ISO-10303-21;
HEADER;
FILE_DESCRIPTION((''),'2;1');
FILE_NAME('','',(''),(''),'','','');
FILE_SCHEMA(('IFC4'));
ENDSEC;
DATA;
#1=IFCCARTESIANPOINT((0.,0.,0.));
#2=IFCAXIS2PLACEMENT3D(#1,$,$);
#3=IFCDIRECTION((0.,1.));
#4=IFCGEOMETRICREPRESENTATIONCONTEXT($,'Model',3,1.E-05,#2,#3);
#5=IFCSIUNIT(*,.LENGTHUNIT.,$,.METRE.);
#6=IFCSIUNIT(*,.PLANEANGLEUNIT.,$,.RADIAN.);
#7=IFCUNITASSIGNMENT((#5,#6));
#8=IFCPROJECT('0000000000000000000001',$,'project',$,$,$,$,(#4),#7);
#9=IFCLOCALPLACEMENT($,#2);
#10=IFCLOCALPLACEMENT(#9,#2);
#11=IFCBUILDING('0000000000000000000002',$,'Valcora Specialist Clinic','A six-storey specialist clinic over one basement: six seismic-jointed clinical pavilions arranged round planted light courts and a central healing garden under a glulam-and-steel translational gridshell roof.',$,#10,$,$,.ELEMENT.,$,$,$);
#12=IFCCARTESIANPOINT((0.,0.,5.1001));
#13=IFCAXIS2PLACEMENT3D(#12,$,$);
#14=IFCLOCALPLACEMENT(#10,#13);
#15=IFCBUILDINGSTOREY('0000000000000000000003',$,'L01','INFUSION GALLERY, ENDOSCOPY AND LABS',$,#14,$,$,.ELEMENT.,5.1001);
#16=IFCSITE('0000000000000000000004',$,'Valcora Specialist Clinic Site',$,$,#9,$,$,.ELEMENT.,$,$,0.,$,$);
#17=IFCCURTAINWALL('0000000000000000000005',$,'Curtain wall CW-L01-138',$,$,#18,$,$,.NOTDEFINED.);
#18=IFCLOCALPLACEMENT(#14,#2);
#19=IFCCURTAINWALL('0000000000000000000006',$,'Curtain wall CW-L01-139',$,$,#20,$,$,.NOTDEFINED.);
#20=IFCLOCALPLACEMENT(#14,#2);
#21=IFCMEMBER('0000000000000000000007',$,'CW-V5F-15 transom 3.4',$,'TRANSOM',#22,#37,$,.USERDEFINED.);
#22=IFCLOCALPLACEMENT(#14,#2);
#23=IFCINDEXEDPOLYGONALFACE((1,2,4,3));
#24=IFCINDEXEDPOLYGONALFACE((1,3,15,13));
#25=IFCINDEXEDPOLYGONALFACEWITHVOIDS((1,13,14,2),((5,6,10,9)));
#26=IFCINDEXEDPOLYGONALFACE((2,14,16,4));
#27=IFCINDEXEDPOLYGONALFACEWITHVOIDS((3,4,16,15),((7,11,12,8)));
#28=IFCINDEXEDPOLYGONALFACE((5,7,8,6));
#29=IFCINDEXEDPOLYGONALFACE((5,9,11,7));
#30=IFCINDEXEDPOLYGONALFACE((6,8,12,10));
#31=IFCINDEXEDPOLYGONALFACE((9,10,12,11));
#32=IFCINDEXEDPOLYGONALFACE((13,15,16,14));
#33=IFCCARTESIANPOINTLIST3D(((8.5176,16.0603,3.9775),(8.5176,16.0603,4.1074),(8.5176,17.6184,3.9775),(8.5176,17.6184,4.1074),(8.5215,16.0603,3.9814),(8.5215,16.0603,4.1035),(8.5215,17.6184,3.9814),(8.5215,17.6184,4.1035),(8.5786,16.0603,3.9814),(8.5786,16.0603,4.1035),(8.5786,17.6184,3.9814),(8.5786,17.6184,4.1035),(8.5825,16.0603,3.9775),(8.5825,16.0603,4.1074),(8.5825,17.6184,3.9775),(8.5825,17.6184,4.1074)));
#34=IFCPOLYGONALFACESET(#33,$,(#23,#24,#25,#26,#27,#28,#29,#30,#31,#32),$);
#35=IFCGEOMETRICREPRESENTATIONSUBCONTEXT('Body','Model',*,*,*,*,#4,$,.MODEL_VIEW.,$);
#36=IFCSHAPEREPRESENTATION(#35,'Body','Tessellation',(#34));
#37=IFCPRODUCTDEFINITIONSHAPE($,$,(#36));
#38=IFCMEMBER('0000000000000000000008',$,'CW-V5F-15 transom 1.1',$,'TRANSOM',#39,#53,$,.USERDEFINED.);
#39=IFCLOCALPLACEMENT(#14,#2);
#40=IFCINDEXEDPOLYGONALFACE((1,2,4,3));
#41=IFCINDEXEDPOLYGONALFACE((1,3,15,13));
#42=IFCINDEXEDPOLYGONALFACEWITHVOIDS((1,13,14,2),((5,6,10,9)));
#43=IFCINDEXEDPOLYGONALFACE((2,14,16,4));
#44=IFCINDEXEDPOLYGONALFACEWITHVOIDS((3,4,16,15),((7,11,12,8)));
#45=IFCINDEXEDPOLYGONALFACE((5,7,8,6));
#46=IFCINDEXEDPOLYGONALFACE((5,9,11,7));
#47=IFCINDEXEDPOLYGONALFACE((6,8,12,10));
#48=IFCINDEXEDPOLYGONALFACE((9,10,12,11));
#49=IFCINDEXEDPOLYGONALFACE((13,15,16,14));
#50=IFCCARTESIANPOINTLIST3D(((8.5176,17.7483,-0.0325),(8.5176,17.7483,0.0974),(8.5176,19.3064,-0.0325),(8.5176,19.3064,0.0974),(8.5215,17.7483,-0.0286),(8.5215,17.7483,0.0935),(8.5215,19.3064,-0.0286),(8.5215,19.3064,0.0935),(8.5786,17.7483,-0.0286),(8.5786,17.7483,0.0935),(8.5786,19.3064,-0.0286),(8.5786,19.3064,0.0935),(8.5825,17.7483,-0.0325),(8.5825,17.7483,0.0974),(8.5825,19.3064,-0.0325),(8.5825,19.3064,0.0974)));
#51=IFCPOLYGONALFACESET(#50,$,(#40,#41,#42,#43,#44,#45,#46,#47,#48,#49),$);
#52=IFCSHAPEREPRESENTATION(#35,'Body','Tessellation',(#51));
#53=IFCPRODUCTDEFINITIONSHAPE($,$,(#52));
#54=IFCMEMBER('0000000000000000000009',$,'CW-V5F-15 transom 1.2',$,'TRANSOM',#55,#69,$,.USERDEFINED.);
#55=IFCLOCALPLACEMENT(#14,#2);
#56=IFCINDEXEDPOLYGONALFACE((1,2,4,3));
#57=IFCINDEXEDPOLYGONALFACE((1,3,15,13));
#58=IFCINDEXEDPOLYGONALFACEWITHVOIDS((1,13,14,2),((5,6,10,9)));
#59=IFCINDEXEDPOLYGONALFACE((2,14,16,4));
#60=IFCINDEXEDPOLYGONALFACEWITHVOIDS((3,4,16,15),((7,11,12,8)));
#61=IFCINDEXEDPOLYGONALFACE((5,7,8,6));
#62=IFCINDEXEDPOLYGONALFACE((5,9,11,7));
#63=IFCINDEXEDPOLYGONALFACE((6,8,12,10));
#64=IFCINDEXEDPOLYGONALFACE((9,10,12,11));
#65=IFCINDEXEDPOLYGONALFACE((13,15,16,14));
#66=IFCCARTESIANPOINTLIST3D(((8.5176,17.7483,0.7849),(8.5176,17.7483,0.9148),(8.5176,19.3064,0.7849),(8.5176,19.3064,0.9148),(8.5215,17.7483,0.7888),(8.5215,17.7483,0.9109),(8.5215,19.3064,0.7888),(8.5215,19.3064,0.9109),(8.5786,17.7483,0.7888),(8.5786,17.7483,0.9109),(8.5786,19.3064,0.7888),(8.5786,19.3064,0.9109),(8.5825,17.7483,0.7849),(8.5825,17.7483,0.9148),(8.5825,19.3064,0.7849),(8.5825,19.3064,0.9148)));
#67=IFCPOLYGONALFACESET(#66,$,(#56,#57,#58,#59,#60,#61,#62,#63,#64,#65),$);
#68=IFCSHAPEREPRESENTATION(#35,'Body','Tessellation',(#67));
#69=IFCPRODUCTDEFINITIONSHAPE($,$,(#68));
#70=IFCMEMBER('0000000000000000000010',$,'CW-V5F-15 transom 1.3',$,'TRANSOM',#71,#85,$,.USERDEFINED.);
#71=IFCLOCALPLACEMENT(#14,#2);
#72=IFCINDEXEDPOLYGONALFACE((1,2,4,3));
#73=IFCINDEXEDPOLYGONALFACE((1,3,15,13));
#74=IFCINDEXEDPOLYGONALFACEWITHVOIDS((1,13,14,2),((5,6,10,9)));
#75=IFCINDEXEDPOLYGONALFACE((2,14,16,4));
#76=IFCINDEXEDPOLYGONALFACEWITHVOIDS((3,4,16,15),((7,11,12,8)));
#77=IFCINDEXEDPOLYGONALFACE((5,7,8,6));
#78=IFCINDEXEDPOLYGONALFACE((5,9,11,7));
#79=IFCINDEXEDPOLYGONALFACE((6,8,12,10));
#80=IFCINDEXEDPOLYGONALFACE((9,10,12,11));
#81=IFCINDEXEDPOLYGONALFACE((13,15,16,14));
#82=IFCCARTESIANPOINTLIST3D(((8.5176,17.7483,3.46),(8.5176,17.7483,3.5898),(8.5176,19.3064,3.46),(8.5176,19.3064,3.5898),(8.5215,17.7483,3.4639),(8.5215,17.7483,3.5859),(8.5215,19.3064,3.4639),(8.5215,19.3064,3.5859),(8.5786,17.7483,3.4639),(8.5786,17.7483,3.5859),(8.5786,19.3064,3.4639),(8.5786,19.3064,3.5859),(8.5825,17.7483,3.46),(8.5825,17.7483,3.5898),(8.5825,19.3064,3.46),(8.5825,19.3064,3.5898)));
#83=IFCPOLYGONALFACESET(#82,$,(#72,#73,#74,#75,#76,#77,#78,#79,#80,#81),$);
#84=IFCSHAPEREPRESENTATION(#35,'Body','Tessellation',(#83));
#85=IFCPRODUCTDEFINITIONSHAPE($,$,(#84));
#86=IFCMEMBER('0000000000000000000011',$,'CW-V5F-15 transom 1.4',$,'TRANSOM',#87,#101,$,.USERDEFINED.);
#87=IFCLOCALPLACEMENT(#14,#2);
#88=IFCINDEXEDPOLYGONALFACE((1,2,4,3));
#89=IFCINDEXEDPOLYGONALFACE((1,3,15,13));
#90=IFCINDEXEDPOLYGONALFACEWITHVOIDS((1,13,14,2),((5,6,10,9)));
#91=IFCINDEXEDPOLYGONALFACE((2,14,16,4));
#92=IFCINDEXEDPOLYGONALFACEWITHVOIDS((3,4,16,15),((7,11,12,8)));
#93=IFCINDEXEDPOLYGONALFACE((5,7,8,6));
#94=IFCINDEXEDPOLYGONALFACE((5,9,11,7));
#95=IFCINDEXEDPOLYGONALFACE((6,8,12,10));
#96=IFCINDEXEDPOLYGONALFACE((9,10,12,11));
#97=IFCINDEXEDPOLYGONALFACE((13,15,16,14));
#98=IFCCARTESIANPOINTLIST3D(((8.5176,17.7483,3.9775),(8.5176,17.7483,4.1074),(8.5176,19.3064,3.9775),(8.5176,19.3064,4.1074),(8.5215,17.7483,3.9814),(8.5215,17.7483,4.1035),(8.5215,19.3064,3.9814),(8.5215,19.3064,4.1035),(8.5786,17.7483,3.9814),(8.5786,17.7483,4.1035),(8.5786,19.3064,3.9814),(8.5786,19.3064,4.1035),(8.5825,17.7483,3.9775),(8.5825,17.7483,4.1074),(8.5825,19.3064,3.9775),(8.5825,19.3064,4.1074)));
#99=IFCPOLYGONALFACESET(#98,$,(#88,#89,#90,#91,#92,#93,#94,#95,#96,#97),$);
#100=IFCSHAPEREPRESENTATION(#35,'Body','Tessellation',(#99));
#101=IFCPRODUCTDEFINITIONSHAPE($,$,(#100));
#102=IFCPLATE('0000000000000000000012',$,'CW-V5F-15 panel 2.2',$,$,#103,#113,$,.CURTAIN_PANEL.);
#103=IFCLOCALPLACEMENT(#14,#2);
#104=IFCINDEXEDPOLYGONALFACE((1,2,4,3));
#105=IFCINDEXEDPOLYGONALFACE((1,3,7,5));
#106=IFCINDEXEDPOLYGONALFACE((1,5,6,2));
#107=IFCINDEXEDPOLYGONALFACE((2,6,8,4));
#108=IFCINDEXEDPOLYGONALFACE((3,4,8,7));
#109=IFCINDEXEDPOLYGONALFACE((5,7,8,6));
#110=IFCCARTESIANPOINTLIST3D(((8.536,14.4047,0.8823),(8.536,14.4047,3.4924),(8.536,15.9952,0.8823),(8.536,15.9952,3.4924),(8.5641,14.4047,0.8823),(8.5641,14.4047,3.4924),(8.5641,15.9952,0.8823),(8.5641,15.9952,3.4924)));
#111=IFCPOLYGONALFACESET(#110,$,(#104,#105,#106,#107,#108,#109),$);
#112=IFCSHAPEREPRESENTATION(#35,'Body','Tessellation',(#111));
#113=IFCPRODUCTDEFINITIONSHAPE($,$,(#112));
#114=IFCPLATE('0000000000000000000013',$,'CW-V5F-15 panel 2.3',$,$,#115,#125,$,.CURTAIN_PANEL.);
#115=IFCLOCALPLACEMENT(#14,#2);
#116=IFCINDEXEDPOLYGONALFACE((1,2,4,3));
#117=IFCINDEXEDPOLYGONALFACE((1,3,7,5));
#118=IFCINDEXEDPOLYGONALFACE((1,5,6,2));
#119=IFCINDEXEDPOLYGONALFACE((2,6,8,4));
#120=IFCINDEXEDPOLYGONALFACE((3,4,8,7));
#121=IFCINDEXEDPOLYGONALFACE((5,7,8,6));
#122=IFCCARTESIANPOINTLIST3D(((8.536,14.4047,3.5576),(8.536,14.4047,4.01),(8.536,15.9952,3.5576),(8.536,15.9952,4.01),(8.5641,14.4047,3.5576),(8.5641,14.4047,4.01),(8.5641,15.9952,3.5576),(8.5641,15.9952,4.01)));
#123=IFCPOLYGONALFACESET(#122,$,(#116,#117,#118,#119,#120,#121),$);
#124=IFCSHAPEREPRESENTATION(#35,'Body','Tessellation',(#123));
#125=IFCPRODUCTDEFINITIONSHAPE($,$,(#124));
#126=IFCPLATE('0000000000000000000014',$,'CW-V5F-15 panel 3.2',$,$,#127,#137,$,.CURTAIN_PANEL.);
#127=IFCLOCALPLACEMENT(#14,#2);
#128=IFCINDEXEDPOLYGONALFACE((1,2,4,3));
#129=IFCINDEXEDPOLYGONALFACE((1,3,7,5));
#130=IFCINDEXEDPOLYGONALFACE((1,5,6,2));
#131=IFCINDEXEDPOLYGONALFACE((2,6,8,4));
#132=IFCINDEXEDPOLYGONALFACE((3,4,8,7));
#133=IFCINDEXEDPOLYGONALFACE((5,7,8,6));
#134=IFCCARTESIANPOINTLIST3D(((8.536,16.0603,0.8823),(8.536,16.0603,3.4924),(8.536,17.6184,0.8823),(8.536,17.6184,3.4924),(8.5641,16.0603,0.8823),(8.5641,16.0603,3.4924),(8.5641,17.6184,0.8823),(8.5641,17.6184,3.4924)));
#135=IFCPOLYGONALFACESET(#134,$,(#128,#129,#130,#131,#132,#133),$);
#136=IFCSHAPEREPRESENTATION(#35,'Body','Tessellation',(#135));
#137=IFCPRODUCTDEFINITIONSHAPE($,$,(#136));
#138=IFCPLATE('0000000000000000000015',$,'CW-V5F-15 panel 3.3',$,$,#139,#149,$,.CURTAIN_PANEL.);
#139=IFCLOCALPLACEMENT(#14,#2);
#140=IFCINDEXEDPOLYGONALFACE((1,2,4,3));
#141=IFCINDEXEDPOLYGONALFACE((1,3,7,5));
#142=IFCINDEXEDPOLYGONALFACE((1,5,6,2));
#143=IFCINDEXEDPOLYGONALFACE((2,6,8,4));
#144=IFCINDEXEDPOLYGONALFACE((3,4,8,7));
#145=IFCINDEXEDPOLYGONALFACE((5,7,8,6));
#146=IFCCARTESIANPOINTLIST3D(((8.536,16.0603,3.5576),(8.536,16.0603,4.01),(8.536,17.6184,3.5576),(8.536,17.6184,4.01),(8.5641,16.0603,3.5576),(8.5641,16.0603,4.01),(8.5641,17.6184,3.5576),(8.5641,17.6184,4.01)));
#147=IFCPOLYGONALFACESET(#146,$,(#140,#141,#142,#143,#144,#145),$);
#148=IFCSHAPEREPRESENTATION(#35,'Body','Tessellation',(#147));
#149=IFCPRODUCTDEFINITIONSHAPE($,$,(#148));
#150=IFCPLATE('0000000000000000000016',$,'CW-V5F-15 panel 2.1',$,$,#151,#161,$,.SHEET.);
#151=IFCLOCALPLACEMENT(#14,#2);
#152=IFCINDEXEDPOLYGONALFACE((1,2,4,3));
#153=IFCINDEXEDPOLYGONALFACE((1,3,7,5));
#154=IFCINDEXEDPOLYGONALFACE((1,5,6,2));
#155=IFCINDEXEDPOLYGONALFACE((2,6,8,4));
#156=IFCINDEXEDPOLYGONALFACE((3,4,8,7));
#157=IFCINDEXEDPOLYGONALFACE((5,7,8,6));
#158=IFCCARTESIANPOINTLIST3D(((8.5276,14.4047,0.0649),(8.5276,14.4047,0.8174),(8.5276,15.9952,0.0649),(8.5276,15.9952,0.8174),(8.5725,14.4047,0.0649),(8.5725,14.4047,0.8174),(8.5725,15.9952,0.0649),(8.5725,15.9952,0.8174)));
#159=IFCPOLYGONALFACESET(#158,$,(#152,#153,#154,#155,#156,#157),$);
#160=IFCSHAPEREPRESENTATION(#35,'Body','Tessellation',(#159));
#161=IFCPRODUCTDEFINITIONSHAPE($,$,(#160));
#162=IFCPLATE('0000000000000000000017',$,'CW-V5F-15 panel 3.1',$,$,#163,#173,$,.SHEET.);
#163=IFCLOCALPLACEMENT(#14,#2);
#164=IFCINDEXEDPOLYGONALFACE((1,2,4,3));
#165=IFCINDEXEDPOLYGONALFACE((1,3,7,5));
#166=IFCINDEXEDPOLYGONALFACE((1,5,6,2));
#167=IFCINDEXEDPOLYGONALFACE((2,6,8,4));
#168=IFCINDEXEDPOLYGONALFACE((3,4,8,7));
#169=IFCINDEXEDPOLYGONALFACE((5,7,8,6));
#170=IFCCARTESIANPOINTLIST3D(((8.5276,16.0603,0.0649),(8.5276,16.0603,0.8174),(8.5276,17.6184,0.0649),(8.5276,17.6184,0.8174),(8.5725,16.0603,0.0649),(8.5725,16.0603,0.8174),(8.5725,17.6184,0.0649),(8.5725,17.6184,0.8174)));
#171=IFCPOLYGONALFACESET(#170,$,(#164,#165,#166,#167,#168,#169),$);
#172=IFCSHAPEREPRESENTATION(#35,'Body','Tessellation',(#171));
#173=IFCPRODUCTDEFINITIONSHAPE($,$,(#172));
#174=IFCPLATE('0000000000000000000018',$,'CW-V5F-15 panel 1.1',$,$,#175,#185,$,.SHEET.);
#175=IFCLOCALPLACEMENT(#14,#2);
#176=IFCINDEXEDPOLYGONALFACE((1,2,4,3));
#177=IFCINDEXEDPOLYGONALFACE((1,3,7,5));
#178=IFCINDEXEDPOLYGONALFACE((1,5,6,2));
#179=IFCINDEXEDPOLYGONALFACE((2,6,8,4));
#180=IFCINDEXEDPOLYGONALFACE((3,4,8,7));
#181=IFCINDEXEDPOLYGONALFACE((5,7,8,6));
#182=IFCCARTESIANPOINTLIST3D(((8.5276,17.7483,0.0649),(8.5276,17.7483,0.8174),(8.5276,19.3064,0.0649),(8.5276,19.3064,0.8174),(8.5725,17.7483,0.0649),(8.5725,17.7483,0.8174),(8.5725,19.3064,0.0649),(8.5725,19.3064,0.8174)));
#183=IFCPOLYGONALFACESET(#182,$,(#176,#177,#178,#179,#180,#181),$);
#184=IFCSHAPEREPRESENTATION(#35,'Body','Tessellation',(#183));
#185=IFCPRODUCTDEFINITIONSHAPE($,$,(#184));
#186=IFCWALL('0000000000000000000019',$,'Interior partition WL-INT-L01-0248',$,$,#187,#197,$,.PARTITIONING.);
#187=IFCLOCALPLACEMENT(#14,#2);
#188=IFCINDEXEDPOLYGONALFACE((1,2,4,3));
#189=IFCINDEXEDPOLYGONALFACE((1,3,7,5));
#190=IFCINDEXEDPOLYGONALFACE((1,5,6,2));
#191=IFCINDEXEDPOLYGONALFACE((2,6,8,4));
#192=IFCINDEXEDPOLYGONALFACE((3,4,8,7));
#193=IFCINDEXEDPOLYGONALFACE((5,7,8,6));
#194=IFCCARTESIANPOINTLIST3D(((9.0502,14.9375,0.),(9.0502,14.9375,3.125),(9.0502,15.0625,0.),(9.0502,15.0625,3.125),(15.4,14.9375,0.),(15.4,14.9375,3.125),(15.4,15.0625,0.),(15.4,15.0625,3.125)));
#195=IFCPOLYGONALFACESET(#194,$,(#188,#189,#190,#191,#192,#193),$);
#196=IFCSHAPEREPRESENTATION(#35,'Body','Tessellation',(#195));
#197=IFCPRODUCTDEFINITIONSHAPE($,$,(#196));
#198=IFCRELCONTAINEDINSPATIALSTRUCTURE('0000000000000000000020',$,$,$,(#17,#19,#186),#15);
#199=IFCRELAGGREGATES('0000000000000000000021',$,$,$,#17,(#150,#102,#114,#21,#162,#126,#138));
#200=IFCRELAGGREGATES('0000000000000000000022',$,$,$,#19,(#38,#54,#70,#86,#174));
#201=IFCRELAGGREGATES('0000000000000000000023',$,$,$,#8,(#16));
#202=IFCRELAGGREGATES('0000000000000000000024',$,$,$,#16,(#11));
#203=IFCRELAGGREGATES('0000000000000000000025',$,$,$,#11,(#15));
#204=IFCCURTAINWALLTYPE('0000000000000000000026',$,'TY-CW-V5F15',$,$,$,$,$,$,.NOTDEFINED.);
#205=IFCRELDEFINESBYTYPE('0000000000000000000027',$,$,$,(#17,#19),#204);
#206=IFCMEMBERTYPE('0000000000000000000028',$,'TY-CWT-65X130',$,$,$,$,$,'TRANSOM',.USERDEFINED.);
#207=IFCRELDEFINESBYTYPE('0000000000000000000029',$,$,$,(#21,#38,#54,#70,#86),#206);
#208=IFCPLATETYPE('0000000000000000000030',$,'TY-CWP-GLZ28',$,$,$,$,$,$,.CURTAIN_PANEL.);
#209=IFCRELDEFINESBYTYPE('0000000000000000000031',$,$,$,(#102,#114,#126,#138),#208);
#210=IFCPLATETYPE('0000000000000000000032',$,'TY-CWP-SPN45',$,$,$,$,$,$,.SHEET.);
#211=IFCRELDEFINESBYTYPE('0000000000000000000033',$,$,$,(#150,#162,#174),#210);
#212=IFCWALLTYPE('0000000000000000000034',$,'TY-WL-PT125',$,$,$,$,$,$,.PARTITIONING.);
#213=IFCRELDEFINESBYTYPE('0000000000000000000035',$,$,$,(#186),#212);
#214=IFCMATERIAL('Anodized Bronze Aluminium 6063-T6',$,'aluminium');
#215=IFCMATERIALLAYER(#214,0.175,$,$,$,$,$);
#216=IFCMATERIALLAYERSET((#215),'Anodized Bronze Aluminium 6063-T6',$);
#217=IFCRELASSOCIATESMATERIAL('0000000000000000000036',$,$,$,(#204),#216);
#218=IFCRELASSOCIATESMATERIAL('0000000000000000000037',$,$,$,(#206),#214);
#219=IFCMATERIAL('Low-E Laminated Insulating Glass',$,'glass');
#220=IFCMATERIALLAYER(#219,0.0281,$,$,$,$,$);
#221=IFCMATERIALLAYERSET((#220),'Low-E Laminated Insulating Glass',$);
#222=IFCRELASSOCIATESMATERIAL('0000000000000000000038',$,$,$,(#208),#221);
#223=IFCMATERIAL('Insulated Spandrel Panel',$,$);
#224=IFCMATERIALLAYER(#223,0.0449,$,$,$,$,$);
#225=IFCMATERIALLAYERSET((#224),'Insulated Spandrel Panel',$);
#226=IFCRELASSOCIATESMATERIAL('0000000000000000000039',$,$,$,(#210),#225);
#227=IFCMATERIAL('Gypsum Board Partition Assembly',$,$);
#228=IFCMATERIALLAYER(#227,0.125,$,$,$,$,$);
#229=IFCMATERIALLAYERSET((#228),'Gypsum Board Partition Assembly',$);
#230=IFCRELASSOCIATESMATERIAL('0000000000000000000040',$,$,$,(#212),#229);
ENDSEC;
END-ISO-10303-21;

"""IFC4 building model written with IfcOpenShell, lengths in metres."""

from ifc_helpers import new_model, si_unit, direction, frame, frame_2d, origin, origin_2d, place, context, subcontext, project, spatial, rectangle, hollow_rectangle, extrude, material, layer, layer_set, material_profile, profile_set, type_object, element, aggregate, save


model = new_model("IFC4")

# Units and contexts
model_context = context("Model", 3, precision=1e-05, world=origin(), true_north=direction((0.0, 1.0)))
body_context = subcontext(model_context, "Body", "Model", "MODEL_VIEW")
ifc_project = project(units=[si_unit("LENGTHUNIT", "METRE"), si_unit("PLANEANGLEUNIT", "RADIAN")], contexts=[model_context])

# Site, building, storey
site_placement = place(None, origin())
site = spatial("IfcSite", under=ifc_project, at=site_placement, Name="Valcora Specialist Clinic Site", CompositionType="ELEMENT", RefElevation=0.0)
building_placement = place(site_placement, origin())
building = spatial("IfcBuilding", under=site, at=building_placement, Name="Valcora Specialist Clinic", Description="A six-storey specialist clinic over one basement: six seismic-jointed clinical pavilions arranged round planted light courts and a central healing garden under a glulam-and-steel translational gridshell roof.", CompositionType="ELEMENT")
storey_placement = place(building_placement, frame((0.0, 0.0, 5.1001)))
storey = spatial("IfcBuildingStorey", under=building, at=storey_placement, Name="L01", Description="INFUSION GALLERY, ENDOSCOPY AND LABS", CompositionType="ELEMENT", Elevation=5.1001)

# Curtain wall
ifc_material_1 = material(Name="Anodized Bronze Aluminium 6063-T6", Category="aluminium")
ifc_layer_1 = layer(ifc_material_1, 0.175)
ifc_layer_set_1 = layer_set([ifc_layer_1], Name="Anodized Bronze Aluminium 6063-T6")
curtain_wall_type = type_object("IfcCurtainWallType", Name="TY-CW-V5F15", PredefinedType="NOTDEFINED", material=ifc_layer_set_1)
curtain_wall_1_placement = place(storey_placement, origin())
curtain_wall_1 = element("IfcCurtainWall", 1, at=curtain_wall_1_placement, inside=storey, type_object=curtain_wall_type, Name="Curtain wall CW-L01-138", PredefinedType="NOTDEFINED")

# Curtain wall
curtain_wall_2_placement = place(storey_placement, origin())
curtain_wall_2 = element("IfcCurtainWall", 2, at=curtain_wall_2_placement, inside=storey, type_object=curtain_wall_type, Name="Curtain wall CW-L01-139", PredefinedType="NOTDEFINED")

# Members
ifc_material_profile_1 = material_profile(ifc_material_1, hollow_rectangle(XDim=0.0649, YDim=0.1299, WallThickness=0.0039, at=origin_2d()), Name="AL-TRN-65X130")
ifc_profile_set_1 = profile_set([ifc_material_profile_1], Name="Anodized Bronze Aluminium 6063-T6")
member_type_1 = type_object("IfcMemberType", Name="TY-CWT-65X130", ElementType="TRANSOM", PredefinedType="USERDEFINED", material=ifc_profile_set_1)
member_1_placement = place(storey_placement, frame((8.55, 16.0603, 4.0425), z_axis=(0.0, 1.0, 0.0), x_axis=(-1.0, 0.0, 0.0)))
member_1 = element("IfcMember", 3, at=member_1_placement, type_object=member_type_1, Name="CW-V5F-15 transom 3.4", ObjectType="TRANSOM", PredefinedType="USERDEFINED", context=body_context, shape_type="SweptSolid", body=[
    extrude(hollow_rectangle(XDim=0.0649, YDim=0.1299, WallThickness=0.0039, at=origin_2d()), origin(), (0.0, 0.0, 1.0), 1.5581),
])
member_2_placement = place(storey_placement, frame((8.55, 17.7483, 0.0325), z_axis=(0.0, 1.0, 0.0), x_axis=(-1.0, 0.0, 0.0)))
member_2 = element("IfcMember", 4, at=member_2_placement, type_object=member_type_1, Name="CW-V5F-15 transom 1.1", ObjectType="TRANSOM", PredefinedType="USERDEFINED", context=body_context, shape_type="SweptSolid", body=[
    extrude(hollow_rectangle(XDim=0.0649, YDim=0.1299, WallThickness=0.0039, at=origin_2d()), origin(), (0.0, 0.0, 1.0), 1.5581),
])
member_3_placement = place(storey_placement, frame((8.55, 17.7483, 0.8499), z_axis=(0.0, 1.0, 0.0), x_axis=(-1.0, 0.0, 0.0)))
member_3 = element("IfcMember", 5, at=member_3_placement, type_object=member_type_1, Name="CW-V5F-15 transom 1.2", ObjectType="TRANSOM", PredefinedType="USERDEFINED", context=body_context, shape_type="SweptSolid", body=[
    extrude(hollow_rectangle(XDim=0.0649, YDim=0.1299, WallThickness=0.0039, at=origin_2d()), origin(), (0.0, 0.0, 1.0), 1.5581),
])
member_4_placement = place(storey_placement, frame((8.55, 17.7483, 3.5249), z_axis=(0.0, 1.0, 0.0), x_axis=(-1.0, 0.0, 0.0)))
member_4 = element("IfcMember", 6, at=member_4_placement, type_object=member_type_1, Name="CW-V5F-15 transom 1.3", ObjectType="TRANSOM", PredefinedType="USERDEFINED", context=body_context, shape_type="SweptSolid", body=[
    extrude(hollow_rectangle(XDim=0.0649, YDim=0.1299, WallThickness=0.0039, at=origin_2d()), origin(), (0.0, 0.0, 1.0), 1.5581),
])
member_5_placement = place(storey_placement, frame((8.55, 17.7483, 4.0425), z_axis=(0.0, 1.0, 0.0), x_axis=(-1.0, 0.0, 0.0)))
member_5 = element("IfcMember", 7, at=member_5_placement, type_object=member_type_1, Name="CW-V5F-15 transom 1.4", ObjectType="TRANSOM", PredefinedType="USERDEFINED", context=body_context, shape_type="SweptSolid", body=[
    extrude(hollow_rectangle(XDim=0.0649, YDim=0.1299, WallThickness=0.0039, at=origin_2d()), origin(), (0.0, 0.0, 1.0), 1.5581),
])

# Plates
ifc_material_2 = material(Name="Low-E Laminated Insulating Glass", Category="glass")
ifc_layer_2 = layer(ifc_material_2, 0.0281)
ifc_layer_set_2 = layer_set([ifc_layer_2], Name="Low-E Laminated Insulating Glass")
plate_type_1 = type_object("IfcPlateType", Name="TY-CWP-GLZ28", PredefinedType="CURTAIN_PANEL", material=ifc_layer_set_2)
plate_1_placement = place(storey_placement, frame((8.55, 15.2, 0.8823), z_axis=(0.0, 0.0, 1.0), x_axis=(0.0, 1.0, 0.0)))
plate_1 = element("IfcPlate", 8, at=plate_1_placement, type_object=plate_type_1, Name="CW-V5F-15 panel 2.2", PredefinedType="CURTAIN_PANEL", context=body_context, shape_type="SweptSolid", body=[
    extrude(rectangle(XDim=1.5906, YDim=0.0281, at=origin_2d()), origin(), (0.0, 0.0, 1.0), 2.6101),
])
plate_2_placement = place(storey_placement, frame((8.55, 15.2, 3.5576), z_axis=(0.0, 0.0, 1.0), x_axis=(0.0, 1.0, 0.0)))
plate_2 = element("IfcPlate", 9, at=plate_2_placement, type_object=plate_type_1, Name="CW-V5F-15 panel 2.3", PredefinedType="CURTAIN_PANEL", context=body_context, shape_type="SweptSolid", body=[
    extrude(rectangle(XDim=1.5906, YDim=0.0281, at=origin_2d()), origin(), (0.0, 0.0, 1.0), 0.4524),
])
plate_3_placement = place(storey_placement, frame((8.55, 16.8394, 0.8823), z_axis=(0.0, 0.0, 1.0), x_axis=(0.0, 1.0, 0.0)))
plate_3 = element("IfcPlate", 10, at=plate_3_placement, type_object=plate_type_1, Name="CW-V5F-15 panel 3.2", PredefinedType="CURTAIN_PANEL", context=body_context, shape_type="SweptSolid", body=[
    extrude(rectangle(XDim=1.5581, YDim=0.0281, at=origin_2d()), origin(), (0.0, 0.0, 1.0), 2.6101),
])
plate_4_placement = place(storey_placement, frame((8.55, 16.8394, 3.5576), z_axis=(0.0, 0.0, 1.0), x_axis=(0.0, 1.0, 0.0)))
plate_4 = element("IfcPlate", 11, at=plate_4_placement, type_object=plate_type_1, Name="CW-V5F-15 panel 3.3", PredefinedType="CURTAIN_PANEL", context=body_context, shape_type="SweptSolid", body=[
    extrude(rectangle(XDim=1.5581, YDim=0.0281, at=origin_2d()), origin(), (0.0, 0.0, 1.0), 0.4524),
])
ifc_material_3 = material(Name="Insulated Spandrel Panel")
ifc_layer_3 = layer(ifc_material_3, 0.0449)
ifc_layer_set_3 = layer_set([ifc_layer_3], Name="Insulated Spandrel Panel")
plate_type_2 = type_object("IfcPlateType", Name="TY-CWP-SPN45", PredefinedType="SHEET", material=ifc_layer_set_3)
plate_5_placement = place(storey_placement, frame((8.55, 15.2, 0.0649), z_axis=(0.0, 0.0, 1.0), x_axis=(0.0, 1.0, 0.0)))
plate_5 = element("IfcPlate", 12, at=plate_5_placement, type_object=plate_type_2, Name="CW-V5F-15 panel 2.1", PredefinedType="SHEET", context=body_context, shape_type="SweptSolid", body=[
    extrude(rectangle(XDim=1.5906, YDim=0.0449, at=origin_2d()), origin(), (0.0, 0.0, 1.0), 0.7524),
])
plate_6_placement = place(storey_placement, frame((8.55, 16.8394, 0.0649), z_axis=(0.0, 0.0, 1.0), x_axis=(0.0, 1.0, 0.0)))
plate_6 = element("IfcPlate", 13, at=plate_6_placement, type_object=plate_type_2, Name="CW-V5F-15 panel 3.1", PredefinedType="SHEET", context=body_context, shape_type="SweptSolid", body=[
    extrude(rectangle(XDim=1.5581, YDim=0.0449, at=origin_2d()), origin(), (0.0, 0.0, 1.0), 0.7524),
])
aggregate(curtain_wall_1, [plate_5, plate_1, plate_2, member_1, plate_6, plate_3, plate_4])
plate_7_placement = place(storey_placement, frame((8.55, 18.5273, 0.0649), z_axis=(0.0, 0.0, 1.0), x_axis=(0.0, 1.0, 0.0)))
plate_7 = element("IfcPlate", 14, at=plate_7_placement, type_object=plate_type_2, Name="CW-V5F-15 panel 1.1", PredefinedType="SHEET", context=body_context, shape_type="SweptSolid", body=[
    extrude(rectangle(XDim=1.5581, YDim=0.0449, at=origin_2d()), origin(), (0.0, 0.0, 1.0), 0.7524),
])
aggregate(curtain_wall_2, [member_2, member_3, member_4, member_5, plate_7])

# Wall
ifc_material_4 = material(Name="Gypsum Board Partition Assembly")
ifc_layer_4 = layer(ifc_material_4, 0.125)
ifc_layer_set_4 = layer_set([ifc_layer_4], Name="Gypsum Board Partition Assembly")
wall_type = type_object("IfcWallType", Name="TY-WL-PT125", PredefinedType="PARTITIONING", material=ifc_layer_set_4)
wall_placement = place(storey_placement, frame((15.3999, 15.0, 0.0), z_axis=(0.0, 0.0, 1.0), x_axis=(-1.0, 0.0, 0.0)))
element("IfcWall", 15, at=wall_placement, inside=storey, type_object=wall_type, Name="Interior partition WL-INT-L01-0248", PredefinedType="PARTITIONING", context=body_context, shape_type="SweptSolid", body=[
    extrude(rectangle(XDim=6.3499, YDim=0.125, at=frame_2d((3.1748, 0.0))), origin(), (0.0, 0.0, 1.0), 3.125),
])

save(model, "model.ifc")
